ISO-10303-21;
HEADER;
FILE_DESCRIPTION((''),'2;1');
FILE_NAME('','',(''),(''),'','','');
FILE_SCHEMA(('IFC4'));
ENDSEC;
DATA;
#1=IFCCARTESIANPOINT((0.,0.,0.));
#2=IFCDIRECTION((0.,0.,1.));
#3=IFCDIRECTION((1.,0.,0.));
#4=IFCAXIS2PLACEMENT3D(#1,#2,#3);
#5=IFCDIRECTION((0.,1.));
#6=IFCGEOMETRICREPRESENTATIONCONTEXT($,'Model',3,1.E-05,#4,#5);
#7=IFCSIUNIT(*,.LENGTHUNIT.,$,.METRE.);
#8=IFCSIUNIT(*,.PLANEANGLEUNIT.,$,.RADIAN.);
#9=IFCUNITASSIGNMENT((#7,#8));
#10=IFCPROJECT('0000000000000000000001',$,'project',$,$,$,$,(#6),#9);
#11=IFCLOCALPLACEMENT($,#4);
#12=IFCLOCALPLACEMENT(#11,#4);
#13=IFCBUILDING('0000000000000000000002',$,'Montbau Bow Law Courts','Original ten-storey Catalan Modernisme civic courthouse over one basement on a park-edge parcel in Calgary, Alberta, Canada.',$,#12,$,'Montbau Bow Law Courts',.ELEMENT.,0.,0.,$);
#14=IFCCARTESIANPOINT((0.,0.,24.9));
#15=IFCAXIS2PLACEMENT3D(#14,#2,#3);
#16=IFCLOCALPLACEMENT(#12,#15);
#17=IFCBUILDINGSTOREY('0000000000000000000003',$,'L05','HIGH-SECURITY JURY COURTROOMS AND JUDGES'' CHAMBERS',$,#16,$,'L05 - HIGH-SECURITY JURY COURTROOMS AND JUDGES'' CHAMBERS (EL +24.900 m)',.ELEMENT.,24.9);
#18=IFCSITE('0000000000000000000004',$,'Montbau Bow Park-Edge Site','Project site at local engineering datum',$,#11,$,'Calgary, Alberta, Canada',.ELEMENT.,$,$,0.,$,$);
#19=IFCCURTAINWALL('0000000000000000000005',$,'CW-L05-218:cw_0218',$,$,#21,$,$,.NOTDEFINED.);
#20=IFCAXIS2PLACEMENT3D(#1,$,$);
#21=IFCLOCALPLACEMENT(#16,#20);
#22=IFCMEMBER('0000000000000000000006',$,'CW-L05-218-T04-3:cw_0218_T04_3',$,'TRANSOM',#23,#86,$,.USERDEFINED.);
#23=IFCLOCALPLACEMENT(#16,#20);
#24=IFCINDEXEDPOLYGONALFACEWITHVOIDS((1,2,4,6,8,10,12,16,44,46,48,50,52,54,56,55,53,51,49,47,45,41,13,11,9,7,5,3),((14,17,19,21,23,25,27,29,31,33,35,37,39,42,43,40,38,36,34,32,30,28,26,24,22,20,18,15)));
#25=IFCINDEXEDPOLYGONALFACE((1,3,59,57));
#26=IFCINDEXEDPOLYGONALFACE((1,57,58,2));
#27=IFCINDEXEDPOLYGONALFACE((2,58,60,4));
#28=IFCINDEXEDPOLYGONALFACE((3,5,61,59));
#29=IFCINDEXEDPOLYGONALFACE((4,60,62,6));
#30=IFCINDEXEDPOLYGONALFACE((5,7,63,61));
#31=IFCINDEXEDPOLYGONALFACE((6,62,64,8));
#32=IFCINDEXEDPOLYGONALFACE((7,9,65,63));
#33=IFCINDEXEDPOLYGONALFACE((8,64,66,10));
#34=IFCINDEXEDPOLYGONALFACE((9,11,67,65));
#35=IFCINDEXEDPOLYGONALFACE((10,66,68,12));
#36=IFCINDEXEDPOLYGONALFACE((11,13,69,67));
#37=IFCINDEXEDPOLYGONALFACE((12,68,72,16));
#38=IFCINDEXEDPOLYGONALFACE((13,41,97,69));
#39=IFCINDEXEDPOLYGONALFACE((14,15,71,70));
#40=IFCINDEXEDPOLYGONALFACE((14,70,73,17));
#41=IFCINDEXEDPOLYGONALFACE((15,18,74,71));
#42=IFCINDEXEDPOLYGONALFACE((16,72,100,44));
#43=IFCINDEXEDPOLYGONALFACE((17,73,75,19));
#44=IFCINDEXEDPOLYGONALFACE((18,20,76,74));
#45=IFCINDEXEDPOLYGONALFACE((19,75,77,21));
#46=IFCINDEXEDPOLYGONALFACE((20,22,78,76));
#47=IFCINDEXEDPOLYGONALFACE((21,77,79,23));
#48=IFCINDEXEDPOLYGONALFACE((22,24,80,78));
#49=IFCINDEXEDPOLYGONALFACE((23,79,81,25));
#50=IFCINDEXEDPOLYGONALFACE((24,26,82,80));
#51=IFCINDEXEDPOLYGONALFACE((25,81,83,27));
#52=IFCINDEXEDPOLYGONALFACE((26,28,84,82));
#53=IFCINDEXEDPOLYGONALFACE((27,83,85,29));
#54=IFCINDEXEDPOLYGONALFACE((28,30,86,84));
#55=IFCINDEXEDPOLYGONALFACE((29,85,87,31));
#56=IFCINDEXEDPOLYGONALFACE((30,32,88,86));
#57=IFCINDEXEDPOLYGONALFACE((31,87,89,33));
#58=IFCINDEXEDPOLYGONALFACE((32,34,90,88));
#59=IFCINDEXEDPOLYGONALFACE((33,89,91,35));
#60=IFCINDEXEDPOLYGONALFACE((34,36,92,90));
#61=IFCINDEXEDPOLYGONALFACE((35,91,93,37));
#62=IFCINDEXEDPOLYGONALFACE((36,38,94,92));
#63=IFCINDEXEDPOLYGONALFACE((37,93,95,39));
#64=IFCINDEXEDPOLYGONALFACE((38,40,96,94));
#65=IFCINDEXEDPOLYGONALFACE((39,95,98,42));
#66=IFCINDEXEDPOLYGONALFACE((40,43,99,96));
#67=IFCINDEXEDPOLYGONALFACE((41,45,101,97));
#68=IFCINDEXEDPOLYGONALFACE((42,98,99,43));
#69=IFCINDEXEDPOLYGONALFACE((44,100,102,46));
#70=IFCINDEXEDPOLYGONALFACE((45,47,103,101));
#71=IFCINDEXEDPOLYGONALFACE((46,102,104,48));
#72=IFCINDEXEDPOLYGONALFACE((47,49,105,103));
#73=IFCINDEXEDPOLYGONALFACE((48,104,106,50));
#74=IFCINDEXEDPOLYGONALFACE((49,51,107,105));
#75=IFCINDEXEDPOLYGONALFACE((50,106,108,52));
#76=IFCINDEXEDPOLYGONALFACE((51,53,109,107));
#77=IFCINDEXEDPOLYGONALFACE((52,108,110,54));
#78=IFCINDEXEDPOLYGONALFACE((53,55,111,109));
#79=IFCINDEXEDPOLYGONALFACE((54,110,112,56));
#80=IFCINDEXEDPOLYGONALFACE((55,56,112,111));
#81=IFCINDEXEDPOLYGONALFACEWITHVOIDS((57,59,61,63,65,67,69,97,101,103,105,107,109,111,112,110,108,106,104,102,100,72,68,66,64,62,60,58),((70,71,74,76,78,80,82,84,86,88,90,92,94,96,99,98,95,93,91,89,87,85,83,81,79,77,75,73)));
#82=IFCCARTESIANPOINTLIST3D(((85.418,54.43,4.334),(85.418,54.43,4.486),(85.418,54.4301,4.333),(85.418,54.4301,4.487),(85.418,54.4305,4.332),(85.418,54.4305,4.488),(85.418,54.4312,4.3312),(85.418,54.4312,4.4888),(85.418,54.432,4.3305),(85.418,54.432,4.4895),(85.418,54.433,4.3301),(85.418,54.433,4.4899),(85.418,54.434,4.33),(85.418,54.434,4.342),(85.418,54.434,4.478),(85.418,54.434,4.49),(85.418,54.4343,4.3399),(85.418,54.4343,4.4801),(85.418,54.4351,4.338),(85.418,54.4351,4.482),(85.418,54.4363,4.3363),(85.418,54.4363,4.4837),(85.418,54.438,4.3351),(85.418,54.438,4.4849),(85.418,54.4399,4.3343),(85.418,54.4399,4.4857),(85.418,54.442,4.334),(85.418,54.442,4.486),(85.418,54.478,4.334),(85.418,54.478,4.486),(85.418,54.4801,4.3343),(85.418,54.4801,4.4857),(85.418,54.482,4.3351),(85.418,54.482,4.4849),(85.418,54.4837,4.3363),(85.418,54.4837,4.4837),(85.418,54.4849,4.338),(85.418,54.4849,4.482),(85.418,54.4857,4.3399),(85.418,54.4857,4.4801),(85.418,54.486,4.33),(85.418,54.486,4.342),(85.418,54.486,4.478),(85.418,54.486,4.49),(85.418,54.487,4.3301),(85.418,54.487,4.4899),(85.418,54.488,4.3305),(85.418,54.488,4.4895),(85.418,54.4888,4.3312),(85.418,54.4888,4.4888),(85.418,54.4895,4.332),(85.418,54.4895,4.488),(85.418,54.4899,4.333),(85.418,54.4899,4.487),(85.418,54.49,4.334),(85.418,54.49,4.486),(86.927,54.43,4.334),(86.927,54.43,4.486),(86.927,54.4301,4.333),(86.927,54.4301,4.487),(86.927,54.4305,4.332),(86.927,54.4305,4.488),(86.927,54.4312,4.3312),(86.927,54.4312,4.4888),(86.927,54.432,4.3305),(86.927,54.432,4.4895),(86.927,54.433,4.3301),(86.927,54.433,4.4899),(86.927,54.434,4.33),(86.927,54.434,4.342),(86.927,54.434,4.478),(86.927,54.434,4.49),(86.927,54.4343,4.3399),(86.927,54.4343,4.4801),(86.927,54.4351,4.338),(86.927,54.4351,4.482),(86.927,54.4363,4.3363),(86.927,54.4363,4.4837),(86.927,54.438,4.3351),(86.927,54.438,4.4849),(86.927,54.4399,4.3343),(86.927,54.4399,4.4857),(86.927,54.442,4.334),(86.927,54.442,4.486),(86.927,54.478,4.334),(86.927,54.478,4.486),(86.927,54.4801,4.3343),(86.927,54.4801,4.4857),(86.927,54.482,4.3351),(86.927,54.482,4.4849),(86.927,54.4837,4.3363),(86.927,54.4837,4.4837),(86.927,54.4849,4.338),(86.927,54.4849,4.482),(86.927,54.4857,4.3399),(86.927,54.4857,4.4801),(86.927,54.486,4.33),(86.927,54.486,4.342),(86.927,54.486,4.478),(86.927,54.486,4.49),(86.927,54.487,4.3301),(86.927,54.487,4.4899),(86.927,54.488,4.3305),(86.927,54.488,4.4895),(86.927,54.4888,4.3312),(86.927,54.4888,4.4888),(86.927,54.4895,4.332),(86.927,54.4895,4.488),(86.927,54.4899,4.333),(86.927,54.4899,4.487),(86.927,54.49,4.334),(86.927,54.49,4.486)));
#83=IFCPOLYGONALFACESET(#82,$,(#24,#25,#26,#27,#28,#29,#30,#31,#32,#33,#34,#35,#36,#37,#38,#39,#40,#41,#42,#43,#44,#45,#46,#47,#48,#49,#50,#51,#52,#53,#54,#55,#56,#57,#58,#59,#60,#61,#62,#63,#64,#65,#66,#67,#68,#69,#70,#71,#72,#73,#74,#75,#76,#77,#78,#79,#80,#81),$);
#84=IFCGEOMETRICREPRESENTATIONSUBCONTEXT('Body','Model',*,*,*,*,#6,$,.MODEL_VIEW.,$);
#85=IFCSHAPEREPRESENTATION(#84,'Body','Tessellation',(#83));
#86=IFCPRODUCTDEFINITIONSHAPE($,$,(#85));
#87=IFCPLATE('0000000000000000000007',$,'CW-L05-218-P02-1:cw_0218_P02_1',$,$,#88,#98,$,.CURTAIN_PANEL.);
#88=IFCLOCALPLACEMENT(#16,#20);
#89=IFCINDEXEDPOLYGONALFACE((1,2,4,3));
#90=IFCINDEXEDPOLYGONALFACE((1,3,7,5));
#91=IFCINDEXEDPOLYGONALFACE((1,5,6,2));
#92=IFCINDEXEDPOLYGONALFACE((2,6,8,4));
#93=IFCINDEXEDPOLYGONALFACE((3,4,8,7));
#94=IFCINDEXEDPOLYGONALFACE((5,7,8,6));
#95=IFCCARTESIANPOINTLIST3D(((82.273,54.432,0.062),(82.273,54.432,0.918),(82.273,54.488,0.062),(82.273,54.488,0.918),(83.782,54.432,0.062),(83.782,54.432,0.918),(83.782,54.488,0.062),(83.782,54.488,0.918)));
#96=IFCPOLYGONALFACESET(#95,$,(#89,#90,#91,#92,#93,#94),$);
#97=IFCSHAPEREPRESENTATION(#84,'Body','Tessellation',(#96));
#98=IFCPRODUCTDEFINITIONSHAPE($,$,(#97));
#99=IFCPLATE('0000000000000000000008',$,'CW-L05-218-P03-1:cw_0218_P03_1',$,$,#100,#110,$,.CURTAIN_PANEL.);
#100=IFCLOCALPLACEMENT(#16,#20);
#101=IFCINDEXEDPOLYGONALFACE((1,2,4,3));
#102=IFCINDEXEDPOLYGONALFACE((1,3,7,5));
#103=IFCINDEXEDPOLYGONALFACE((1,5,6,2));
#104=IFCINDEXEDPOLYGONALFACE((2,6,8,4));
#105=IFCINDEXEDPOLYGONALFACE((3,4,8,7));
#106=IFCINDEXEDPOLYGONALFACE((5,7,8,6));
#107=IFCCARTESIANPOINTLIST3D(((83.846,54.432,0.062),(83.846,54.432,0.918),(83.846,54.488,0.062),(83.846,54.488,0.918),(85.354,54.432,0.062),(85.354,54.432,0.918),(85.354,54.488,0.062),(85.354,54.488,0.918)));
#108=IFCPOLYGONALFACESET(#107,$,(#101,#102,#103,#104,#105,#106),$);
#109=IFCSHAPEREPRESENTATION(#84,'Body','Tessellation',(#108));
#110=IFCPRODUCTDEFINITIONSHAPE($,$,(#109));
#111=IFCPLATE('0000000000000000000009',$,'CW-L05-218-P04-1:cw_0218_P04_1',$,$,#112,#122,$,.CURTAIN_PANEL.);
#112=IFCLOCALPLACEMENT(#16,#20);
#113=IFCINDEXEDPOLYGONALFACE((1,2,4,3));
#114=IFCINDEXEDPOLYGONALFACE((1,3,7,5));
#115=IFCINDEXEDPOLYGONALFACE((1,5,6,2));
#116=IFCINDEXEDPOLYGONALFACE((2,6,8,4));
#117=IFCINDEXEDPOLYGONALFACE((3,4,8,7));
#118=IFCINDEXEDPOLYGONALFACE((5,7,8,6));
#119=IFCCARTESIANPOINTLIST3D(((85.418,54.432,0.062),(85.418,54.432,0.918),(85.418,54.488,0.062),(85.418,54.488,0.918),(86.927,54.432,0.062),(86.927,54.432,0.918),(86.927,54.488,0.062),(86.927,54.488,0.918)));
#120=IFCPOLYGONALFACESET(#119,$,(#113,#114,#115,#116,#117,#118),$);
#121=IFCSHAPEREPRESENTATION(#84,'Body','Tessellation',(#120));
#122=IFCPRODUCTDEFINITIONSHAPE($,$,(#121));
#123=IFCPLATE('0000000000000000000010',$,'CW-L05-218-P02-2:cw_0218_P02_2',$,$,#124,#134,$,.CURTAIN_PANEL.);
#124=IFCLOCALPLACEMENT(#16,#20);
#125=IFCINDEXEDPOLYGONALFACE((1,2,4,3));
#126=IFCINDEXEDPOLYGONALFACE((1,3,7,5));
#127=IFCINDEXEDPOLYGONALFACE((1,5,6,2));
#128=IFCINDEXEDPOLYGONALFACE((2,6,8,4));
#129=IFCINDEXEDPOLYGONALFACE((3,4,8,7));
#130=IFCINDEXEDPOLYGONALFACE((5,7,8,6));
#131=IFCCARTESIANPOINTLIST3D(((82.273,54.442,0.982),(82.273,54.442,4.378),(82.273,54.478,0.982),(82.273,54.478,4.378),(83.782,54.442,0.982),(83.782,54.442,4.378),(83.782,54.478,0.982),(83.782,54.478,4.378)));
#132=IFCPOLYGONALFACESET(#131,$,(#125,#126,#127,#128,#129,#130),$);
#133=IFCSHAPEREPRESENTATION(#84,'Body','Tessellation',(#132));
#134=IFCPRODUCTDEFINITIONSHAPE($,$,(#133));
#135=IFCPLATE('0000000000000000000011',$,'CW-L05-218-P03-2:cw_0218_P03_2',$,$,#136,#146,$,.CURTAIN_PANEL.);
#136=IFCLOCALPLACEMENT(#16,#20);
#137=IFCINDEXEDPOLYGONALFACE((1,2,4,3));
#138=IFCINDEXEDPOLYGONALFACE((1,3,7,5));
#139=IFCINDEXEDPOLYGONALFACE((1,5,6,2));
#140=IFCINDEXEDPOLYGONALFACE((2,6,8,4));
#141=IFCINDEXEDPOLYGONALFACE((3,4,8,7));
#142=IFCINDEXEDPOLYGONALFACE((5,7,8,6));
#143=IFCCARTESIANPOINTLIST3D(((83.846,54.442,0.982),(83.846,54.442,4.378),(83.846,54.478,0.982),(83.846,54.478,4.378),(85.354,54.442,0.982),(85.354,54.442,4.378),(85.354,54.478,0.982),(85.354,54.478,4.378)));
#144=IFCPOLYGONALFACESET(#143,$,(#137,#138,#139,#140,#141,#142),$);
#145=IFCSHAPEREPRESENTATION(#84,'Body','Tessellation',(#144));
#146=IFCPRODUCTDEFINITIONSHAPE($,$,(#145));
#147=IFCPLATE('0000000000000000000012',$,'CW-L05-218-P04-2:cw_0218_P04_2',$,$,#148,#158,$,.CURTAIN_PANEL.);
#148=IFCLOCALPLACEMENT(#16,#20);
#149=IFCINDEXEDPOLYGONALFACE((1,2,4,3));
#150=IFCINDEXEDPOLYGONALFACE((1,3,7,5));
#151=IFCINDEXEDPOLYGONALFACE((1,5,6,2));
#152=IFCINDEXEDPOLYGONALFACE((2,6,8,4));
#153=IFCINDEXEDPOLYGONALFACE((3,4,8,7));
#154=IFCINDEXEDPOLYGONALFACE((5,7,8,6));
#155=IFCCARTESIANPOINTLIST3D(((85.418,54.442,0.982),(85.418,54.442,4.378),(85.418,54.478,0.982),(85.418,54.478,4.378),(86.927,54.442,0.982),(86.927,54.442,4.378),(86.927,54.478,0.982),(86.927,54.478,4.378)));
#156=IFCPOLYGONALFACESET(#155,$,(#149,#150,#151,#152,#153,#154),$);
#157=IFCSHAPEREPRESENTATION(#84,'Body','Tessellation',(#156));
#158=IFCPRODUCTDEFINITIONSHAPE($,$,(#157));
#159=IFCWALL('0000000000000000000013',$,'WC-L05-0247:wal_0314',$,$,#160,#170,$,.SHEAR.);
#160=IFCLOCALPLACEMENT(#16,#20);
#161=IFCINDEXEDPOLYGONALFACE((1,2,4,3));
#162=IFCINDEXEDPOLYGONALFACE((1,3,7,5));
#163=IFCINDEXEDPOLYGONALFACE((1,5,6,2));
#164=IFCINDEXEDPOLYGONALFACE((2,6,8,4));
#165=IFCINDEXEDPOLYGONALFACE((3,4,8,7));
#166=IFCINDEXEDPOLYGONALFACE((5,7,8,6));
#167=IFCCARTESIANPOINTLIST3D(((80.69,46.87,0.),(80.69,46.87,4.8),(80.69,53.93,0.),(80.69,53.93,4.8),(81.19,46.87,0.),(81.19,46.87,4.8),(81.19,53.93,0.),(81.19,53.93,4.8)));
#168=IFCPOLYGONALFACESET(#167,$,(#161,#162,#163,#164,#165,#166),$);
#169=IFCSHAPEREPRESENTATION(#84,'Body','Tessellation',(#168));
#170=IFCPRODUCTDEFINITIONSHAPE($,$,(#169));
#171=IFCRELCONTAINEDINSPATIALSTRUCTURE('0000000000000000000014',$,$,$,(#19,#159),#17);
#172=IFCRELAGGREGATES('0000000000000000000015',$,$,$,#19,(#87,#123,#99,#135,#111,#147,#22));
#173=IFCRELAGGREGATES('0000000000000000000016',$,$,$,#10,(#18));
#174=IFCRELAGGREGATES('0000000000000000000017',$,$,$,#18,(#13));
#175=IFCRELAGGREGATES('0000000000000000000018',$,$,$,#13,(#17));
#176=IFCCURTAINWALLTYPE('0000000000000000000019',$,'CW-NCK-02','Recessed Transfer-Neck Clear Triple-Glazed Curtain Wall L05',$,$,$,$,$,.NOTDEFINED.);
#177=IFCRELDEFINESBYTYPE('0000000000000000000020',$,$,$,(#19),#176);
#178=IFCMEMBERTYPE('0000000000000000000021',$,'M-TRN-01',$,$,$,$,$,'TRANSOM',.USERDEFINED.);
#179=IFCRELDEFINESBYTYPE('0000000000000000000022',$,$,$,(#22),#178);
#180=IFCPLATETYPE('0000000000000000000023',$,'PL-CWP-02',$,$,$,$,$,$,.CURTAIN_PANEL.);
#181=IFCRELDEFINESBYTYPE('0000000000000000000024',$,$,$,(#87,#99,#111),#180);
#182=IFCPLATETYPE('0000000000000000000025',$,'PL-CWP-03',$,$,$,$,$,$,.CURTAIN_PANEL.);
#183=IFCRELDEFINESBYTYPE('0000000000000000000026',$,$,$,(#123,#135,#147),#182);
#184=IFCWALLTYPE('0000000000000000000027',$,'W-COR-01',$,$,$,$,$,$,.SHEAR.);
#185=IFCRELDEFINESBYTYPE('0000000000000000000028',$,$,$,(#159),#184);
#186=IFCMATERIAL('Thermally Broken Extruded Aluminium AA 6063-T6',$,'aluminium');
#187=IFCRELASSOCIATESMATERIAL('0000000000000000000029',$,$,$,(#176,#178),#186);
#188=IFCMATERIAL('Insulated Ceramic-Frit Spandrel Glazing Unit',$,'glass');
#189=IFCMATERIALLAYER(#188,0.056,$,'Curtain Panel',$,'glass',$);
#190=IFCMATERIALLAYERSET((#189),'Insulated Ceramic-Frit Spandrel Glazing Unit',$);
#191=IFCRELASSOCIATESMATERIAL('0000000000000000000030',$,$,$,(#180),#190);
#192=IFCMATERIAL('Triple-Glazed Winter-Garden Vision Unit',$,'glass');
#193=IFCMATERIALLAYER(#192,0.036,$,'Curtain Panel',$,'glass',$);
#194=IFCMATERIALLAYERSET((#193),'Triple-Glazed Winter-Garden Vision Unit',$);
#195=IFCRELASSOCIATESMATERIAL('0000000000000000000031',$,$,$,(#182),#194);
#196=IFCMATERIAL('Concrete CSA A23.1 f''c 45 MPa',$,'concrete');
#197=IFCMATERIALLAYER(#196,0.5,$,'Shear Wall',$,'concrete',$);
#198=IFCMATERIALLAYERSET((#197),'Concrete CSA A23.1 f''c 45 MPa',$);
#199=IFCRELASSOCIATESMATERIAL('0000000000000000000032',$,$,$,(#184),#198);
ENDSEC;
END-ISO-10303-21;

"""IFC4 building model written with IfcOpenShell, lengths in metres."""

from ifc_helpers import new_model, si_unit, direction, frame, frame_2d, origin_with_axes, origin_2d_with_axis, place, context, subcontext, project, spatial, rectangle, hollow_rectangle, extrude, material, layer, layer_set, material_profile, profile_set, type_object, element, aggregate, save


model = new_model("IFC4")

# Units and contexts
model_context = context("Model", 3, precision=1e-05, world=origin_with_axes(), true_north=direction((0.0, 1.0)))
body_context = subcontext(model_context, "Body", "Model", "MODEL_VIEW")
ifc_project = project(units=[si_unit("LENGTHUNIT", "METRE"), si_unit("PLANEANGLEUNIT", "RADIAN")], contexts=[model_context])

# Site, building, storey
site_placement = place(None, origin_with_axes())
site = spatial("IfcSite", under=ifc_project, at=site_placement, Name="Montbau Bow Park-Edge Site", Description="Project site at local engineering datum", LongName="Calgary, Alberta, Canada", CompositionType="ELEMENT", RefElevation=0.0)
building_placement = place(site_placement, origin_with_axes())
building = spatial("IfcBuilding", under=site, at=building_placement, Name="Montbau Bow Law Courts", Description="Original ten-storey Catalan Modernisme civic courthouse over one basement on a park-edge parcel in Calgary, Alberta, Canada.", LongName="Montbau Bow Law Courts", CompositionType="ELEMENT", ElevationOfRefHeight=0.0, ElevationOfTerrain=0.0)
storey_placement = place(building_placement, frame((0.0, 0.0, 24.9), z_axis=(0.0, 0.0, 1.0), x_axis=(1.0, 0.0, 0.0)))
storey = spatial("IfcBuildingStorey", under=building, at=storey_placement, Name="L05", Description="HIGH-SECURITY JURY COURTROOMS AND JUDGES' CHAMBERS", LongName="L05 - HIGH-SECURITY JURY COURTROOMS AND JUDGES' CHAMBERS (EL +24.900 m)", CompositionType="ELEMENT", Elevation=24.9)

# Curtain wall, member, plates
ifc_material_1 = material(Name="Thermally Broken Extruded Aluminium AA 6063-T6", Category="aluminium")
curtain_wall_type = type_object("IfcCurtainWallType", Name="CW-NCK-02", Description="Recessed Transfer-Neck Clear Triple-Glazed Curtain Wall L05", PredefinedType="NOTDEFINED", material=ifc_material_1)
curtain_wall_placement = place(None, frame((80.668, 54.46, 24.9), z_axis=(0.0, 0.0, 1.0), x_axis=(1.0, 0.0, 0.0)))
curtain_wall = element("IfcCurtainWall", 1, at=curtain_wall_placement, inside=storey, type_object=curtain_wall_type, Name="CW-L05-218:cw_0218", PredefinedType="NOTDEFINED")
ifc_material_profile_1 = material_profile(ifc_material_1, hollow_rectangle(XDim=0.06, YDim=0.16, WallThickness=0.004, InnerFilletRadius=0.008, OuterFilletRadius=0.004, at=origin_2d_with_axis()), Name="CWT-160X60", Category="Main", Priority=0)
ifc_profile_set_1 = profile_set([ifc_material_profile_1], Name="Thermally Broken Extruded Aluminium AA 6063-T6")
member_type_1 = type_object("IfcMemberType", Name="M-TRN-01", ElementType="TRANSOM", PredefinedType="USERDEFINED", material=ifc_profile_set_1)
member_1_placement = place(None, frame((85.418, 54.46, 29.31), z_axis=(1.0, 0.0, 0.0), x_axis=(0.0, 1.0, 0.0)))
member_1 = element("IfcMember", 2, at=member_1_placement, type_object=member_type_1, Name="CW-L05-218-T04-3:cw_0218_T04_3", ObjectType="TRANSOM", PredefinedType="USERDEFINED", context=body_context, shape_type="SweptSolid", body=[
    extrude(hollow_rectangle(XDim=0.06, YDim=0.16, WallThickness=0.004, InnerFilletRadius=0.008, OuterFilletRadius=0.004, at=origin_2d_with_axis()), origin_with_axes(), (0.0, 0.0, 1.0), 1.509),
])
ifc_material_2 = material(Name="Insulated Ceramic-Frit Spandrel Glazing Unit", Category="glass")
ifc_layer_1 = layer(ifc_material_2, 0.056, Name="Curtain Panel", Category="glass")
ifc_layer_set_1 = layer_set([ifc_layer_1], Name="Insulated Ceramic-Frit Spandrel Glazing Unit")
plate_type_1 = type_object("IfcPlateType", Name="PL-CWP-02", PredefinedType="CURTAIN_PANEL", material=ifc_layer_set_1)
plate_1_placement = place(None, frame((82.273, 54.46, 24.962), z_axis=(0.0, -1.0, 0.0), x_axis=(1.0, 0.0, 0.0)))
plate_1 = element("IfcPlate", 3, at=plate_1_placement, type_object=plate_type_1, Name="CW-L05-218-P02-1:cw_0218_P02_1", PredefinedType="CURTAIN_PANEL", context=body_context, shape_type="SweptSolid", body=[
    extrude(rectangle(XDim=1.509, YDim=0.856, at=frame_2d((0.7545, 0.428), x_axis=(1.0, 0.0))), frame((0.0, 0.0, -0.028), z_axis=(0.0, 0.0, 1.0), x_axis=(1.0, 0.0, 0.0)), (0.0, 0.0, 1.0), 0.056),
])
plate_2_placement = place(None, frame((83.846, 54.46, 24.962), z_axis=(0.0, -1.0, 0.0), x_axis=(1.0, 0.0, 0.0)))
plate_2 = element("IfcPlate", 4, at=plate_2_placement, type_object=plate_type_1, Name="CW-L05-218-P03-1:cw_0218_P03_1", PredefinedType="CURTAIN_PANEL", context=body_context, shape_type="SweptSolid", body=[
    extrude(rectangle(XDim=1.508, YDim=0.856, at=frame_2d((0.754, 0.428), x_axis=(1.0, 0.0))), frame((0.0, 0.0, -0.028), z_axis=(0.0, 0.0, 1.0), x_axis=(1.0, 0.0, 0.0)), (0.0, 0.0, 1.0), 0.056),
])
plate_3_placement = place(None, frame((85.418, 54.46, 24.962), z_axis=(0.0, -1.0, 0.0), x_axis=(1.0, 0.0, 0.0)))
plate_3 = element("IfcPlate", 5, at=plate_3_placement, type_object=plate_type_1, Name="CW-L05-218-P04-1:cw_0218_P04_1", PredefinedType="CURTAIN_PANEL", context=body_context, shape_type="SweptSolid", body=[
    extrude(rectangle(XDim=1.509, YDim=0.856, at=frame_2d((0.7545, 0.428), x_axis=(1.0, 0.0))), frame((0.0, 0.0, -0.028), z_axis=(0.0, 0.0, 1.0), x_axis=(1.0, 0.0, 0.0)), (0.0, 0.0, 1.0), 0.056),
])
ifc_material_3 = material(Name="Triple-Glazed Winter-Garden Vision Unit", Category="glass")
ifc_layer_2 = layer(ifc_material_3, 0.036, Name="Curtain Panel", Category="glass")
ifc_layer_set_2 = layer_set([ifc_layer_2], Name="Triple-Glazed Winter-Garden Vision Unit")
plate_type_2 = type_object("IfcPlateType", Name="PL-CWP-03", PredefinedType="CURTAIN_PANEL", material=ifc_layer_set_2)
plate_4_placement = place(None, frame((82.273, 54.46, 25.882), z_axis=(0.0, -1.0, 0.0), x_axis=(1.0, 0.0, 0.0)))
plate_4 = element("IfcPlate", 6, at=plate_4_placement, type_object=plate_type_2, Name="CW-L05-218-P02-2:cw_0218_P02_2", PredefinedType="CURTAIN_PANEL", context=body_context, shape_type="SweptSolid", body=[
    extrude(rectangle(XDim=1.509, YDim=3.396, at=frame_2d((0.7545, 1.698), x_axis=(1.0, 0.0))), frame((0.0, 0.0, -0.018), z_axis=(0.0, 0.0, 1.0), x_axis=(1.0, 0.0, 0.0)), (0.0, 0.0, 1.0), 0.036),
])
plate_5_placement = place(None, frame((83.846, 54.46, 25.882), z_axis=(0.0, -1.0, 0.0), x_axis=(1.0, 0.0, 0.0)))
plate_5 = element("IfcPlate", 7, at=plate_5_placement, type_object=plate_type_2, Name="CW-L05-218-P03-2:cw_0218_P03_2", PredefinedType="CURTAIN_PANEL", context=body_context, shape_type="SweptSolid", body=[
    extrude(rectangle(XDim=1.508, YDim=3.396, at=frame_2d((0.754, 1.698), x_axis=(1.0, 0.0))), frame((0.0, 0.0, -0.018), z_axis=(0.0, 0.0, 1.0), x_axis=(1.0, 0.0, 0.0)), (0.0, 0.0, 1.0), 0.036),
])
plate_6_placement = place(None, frame((85.418, 54.46, 25.882), z_axis=(0.0, -1.0, 0.0), x_axis=(1.0, 0.0, 0.0)))
plate_6 = element("IfcPlate", 8, at=plate_6_placement, type_object=plate_type_2, Name="CW-L05-218-P04-2:cw_0218_P04_2", PredefinedType="CURTAIN_PANEL", context=body_context, shape_type="SweptSolid", body=[
    extrude(rectangle(XDim=1.509, YDim=3.396, at=frame_2d((0.7545, 1.698), x_axis=(1.0, 0.0))), frame((0.0, 0.0, -0.018), z_axis=(0.0, 0.0, 1.0), x_axis=(1.0, 0.0, 0.0)), (0.0, 0.0, 1.0), 0.036),
])
aggregate(curtain_wall, [plate_1, plate_4, plate_2, plate_5, plate_3, plate_6, member_1])

# Wall
ifc_material_4 = material(Name="Concrete CSA A23.1 f'c 45 MPa", Category="concrete")
ifc_layer_3 = layer(ifc_material_4, 0.5, Name="Shear Wall", Category="concrete")
ifc_layer_set_3 = layer_set([ifc_layer_3], Name="Concrete CSA A23.1 f'c 45 MPa")
wall_type = type_object("IfcWallType", Name="W-COR-01", PredefinedType="SHEAR", material=ifc_layer_set_3)
wall_placement = place(None, frame((80.94, 53.93, 24.9), z_axis=(0.0, 0.0, 1.0), x_axis=(0.0, -1.0, 0.0)))
element("IfcWall", 9, at=wall_placement, inside=storey, type_object=wall_type, Name="WC-L05-0247:wal_0314", PredefinedType="SHEAR", context=body_context, shape_type="SweptSolid", body=[
    extrude(rectangle(XDim=7.06, YDim=0.5, at=frame_2d((3.53, 0.0), x_axis=(1.0, 0.0))), origin_with_axes(), (0.0, 0.0, 1.0), 4.8),
])

save(model, "model.ifc")
